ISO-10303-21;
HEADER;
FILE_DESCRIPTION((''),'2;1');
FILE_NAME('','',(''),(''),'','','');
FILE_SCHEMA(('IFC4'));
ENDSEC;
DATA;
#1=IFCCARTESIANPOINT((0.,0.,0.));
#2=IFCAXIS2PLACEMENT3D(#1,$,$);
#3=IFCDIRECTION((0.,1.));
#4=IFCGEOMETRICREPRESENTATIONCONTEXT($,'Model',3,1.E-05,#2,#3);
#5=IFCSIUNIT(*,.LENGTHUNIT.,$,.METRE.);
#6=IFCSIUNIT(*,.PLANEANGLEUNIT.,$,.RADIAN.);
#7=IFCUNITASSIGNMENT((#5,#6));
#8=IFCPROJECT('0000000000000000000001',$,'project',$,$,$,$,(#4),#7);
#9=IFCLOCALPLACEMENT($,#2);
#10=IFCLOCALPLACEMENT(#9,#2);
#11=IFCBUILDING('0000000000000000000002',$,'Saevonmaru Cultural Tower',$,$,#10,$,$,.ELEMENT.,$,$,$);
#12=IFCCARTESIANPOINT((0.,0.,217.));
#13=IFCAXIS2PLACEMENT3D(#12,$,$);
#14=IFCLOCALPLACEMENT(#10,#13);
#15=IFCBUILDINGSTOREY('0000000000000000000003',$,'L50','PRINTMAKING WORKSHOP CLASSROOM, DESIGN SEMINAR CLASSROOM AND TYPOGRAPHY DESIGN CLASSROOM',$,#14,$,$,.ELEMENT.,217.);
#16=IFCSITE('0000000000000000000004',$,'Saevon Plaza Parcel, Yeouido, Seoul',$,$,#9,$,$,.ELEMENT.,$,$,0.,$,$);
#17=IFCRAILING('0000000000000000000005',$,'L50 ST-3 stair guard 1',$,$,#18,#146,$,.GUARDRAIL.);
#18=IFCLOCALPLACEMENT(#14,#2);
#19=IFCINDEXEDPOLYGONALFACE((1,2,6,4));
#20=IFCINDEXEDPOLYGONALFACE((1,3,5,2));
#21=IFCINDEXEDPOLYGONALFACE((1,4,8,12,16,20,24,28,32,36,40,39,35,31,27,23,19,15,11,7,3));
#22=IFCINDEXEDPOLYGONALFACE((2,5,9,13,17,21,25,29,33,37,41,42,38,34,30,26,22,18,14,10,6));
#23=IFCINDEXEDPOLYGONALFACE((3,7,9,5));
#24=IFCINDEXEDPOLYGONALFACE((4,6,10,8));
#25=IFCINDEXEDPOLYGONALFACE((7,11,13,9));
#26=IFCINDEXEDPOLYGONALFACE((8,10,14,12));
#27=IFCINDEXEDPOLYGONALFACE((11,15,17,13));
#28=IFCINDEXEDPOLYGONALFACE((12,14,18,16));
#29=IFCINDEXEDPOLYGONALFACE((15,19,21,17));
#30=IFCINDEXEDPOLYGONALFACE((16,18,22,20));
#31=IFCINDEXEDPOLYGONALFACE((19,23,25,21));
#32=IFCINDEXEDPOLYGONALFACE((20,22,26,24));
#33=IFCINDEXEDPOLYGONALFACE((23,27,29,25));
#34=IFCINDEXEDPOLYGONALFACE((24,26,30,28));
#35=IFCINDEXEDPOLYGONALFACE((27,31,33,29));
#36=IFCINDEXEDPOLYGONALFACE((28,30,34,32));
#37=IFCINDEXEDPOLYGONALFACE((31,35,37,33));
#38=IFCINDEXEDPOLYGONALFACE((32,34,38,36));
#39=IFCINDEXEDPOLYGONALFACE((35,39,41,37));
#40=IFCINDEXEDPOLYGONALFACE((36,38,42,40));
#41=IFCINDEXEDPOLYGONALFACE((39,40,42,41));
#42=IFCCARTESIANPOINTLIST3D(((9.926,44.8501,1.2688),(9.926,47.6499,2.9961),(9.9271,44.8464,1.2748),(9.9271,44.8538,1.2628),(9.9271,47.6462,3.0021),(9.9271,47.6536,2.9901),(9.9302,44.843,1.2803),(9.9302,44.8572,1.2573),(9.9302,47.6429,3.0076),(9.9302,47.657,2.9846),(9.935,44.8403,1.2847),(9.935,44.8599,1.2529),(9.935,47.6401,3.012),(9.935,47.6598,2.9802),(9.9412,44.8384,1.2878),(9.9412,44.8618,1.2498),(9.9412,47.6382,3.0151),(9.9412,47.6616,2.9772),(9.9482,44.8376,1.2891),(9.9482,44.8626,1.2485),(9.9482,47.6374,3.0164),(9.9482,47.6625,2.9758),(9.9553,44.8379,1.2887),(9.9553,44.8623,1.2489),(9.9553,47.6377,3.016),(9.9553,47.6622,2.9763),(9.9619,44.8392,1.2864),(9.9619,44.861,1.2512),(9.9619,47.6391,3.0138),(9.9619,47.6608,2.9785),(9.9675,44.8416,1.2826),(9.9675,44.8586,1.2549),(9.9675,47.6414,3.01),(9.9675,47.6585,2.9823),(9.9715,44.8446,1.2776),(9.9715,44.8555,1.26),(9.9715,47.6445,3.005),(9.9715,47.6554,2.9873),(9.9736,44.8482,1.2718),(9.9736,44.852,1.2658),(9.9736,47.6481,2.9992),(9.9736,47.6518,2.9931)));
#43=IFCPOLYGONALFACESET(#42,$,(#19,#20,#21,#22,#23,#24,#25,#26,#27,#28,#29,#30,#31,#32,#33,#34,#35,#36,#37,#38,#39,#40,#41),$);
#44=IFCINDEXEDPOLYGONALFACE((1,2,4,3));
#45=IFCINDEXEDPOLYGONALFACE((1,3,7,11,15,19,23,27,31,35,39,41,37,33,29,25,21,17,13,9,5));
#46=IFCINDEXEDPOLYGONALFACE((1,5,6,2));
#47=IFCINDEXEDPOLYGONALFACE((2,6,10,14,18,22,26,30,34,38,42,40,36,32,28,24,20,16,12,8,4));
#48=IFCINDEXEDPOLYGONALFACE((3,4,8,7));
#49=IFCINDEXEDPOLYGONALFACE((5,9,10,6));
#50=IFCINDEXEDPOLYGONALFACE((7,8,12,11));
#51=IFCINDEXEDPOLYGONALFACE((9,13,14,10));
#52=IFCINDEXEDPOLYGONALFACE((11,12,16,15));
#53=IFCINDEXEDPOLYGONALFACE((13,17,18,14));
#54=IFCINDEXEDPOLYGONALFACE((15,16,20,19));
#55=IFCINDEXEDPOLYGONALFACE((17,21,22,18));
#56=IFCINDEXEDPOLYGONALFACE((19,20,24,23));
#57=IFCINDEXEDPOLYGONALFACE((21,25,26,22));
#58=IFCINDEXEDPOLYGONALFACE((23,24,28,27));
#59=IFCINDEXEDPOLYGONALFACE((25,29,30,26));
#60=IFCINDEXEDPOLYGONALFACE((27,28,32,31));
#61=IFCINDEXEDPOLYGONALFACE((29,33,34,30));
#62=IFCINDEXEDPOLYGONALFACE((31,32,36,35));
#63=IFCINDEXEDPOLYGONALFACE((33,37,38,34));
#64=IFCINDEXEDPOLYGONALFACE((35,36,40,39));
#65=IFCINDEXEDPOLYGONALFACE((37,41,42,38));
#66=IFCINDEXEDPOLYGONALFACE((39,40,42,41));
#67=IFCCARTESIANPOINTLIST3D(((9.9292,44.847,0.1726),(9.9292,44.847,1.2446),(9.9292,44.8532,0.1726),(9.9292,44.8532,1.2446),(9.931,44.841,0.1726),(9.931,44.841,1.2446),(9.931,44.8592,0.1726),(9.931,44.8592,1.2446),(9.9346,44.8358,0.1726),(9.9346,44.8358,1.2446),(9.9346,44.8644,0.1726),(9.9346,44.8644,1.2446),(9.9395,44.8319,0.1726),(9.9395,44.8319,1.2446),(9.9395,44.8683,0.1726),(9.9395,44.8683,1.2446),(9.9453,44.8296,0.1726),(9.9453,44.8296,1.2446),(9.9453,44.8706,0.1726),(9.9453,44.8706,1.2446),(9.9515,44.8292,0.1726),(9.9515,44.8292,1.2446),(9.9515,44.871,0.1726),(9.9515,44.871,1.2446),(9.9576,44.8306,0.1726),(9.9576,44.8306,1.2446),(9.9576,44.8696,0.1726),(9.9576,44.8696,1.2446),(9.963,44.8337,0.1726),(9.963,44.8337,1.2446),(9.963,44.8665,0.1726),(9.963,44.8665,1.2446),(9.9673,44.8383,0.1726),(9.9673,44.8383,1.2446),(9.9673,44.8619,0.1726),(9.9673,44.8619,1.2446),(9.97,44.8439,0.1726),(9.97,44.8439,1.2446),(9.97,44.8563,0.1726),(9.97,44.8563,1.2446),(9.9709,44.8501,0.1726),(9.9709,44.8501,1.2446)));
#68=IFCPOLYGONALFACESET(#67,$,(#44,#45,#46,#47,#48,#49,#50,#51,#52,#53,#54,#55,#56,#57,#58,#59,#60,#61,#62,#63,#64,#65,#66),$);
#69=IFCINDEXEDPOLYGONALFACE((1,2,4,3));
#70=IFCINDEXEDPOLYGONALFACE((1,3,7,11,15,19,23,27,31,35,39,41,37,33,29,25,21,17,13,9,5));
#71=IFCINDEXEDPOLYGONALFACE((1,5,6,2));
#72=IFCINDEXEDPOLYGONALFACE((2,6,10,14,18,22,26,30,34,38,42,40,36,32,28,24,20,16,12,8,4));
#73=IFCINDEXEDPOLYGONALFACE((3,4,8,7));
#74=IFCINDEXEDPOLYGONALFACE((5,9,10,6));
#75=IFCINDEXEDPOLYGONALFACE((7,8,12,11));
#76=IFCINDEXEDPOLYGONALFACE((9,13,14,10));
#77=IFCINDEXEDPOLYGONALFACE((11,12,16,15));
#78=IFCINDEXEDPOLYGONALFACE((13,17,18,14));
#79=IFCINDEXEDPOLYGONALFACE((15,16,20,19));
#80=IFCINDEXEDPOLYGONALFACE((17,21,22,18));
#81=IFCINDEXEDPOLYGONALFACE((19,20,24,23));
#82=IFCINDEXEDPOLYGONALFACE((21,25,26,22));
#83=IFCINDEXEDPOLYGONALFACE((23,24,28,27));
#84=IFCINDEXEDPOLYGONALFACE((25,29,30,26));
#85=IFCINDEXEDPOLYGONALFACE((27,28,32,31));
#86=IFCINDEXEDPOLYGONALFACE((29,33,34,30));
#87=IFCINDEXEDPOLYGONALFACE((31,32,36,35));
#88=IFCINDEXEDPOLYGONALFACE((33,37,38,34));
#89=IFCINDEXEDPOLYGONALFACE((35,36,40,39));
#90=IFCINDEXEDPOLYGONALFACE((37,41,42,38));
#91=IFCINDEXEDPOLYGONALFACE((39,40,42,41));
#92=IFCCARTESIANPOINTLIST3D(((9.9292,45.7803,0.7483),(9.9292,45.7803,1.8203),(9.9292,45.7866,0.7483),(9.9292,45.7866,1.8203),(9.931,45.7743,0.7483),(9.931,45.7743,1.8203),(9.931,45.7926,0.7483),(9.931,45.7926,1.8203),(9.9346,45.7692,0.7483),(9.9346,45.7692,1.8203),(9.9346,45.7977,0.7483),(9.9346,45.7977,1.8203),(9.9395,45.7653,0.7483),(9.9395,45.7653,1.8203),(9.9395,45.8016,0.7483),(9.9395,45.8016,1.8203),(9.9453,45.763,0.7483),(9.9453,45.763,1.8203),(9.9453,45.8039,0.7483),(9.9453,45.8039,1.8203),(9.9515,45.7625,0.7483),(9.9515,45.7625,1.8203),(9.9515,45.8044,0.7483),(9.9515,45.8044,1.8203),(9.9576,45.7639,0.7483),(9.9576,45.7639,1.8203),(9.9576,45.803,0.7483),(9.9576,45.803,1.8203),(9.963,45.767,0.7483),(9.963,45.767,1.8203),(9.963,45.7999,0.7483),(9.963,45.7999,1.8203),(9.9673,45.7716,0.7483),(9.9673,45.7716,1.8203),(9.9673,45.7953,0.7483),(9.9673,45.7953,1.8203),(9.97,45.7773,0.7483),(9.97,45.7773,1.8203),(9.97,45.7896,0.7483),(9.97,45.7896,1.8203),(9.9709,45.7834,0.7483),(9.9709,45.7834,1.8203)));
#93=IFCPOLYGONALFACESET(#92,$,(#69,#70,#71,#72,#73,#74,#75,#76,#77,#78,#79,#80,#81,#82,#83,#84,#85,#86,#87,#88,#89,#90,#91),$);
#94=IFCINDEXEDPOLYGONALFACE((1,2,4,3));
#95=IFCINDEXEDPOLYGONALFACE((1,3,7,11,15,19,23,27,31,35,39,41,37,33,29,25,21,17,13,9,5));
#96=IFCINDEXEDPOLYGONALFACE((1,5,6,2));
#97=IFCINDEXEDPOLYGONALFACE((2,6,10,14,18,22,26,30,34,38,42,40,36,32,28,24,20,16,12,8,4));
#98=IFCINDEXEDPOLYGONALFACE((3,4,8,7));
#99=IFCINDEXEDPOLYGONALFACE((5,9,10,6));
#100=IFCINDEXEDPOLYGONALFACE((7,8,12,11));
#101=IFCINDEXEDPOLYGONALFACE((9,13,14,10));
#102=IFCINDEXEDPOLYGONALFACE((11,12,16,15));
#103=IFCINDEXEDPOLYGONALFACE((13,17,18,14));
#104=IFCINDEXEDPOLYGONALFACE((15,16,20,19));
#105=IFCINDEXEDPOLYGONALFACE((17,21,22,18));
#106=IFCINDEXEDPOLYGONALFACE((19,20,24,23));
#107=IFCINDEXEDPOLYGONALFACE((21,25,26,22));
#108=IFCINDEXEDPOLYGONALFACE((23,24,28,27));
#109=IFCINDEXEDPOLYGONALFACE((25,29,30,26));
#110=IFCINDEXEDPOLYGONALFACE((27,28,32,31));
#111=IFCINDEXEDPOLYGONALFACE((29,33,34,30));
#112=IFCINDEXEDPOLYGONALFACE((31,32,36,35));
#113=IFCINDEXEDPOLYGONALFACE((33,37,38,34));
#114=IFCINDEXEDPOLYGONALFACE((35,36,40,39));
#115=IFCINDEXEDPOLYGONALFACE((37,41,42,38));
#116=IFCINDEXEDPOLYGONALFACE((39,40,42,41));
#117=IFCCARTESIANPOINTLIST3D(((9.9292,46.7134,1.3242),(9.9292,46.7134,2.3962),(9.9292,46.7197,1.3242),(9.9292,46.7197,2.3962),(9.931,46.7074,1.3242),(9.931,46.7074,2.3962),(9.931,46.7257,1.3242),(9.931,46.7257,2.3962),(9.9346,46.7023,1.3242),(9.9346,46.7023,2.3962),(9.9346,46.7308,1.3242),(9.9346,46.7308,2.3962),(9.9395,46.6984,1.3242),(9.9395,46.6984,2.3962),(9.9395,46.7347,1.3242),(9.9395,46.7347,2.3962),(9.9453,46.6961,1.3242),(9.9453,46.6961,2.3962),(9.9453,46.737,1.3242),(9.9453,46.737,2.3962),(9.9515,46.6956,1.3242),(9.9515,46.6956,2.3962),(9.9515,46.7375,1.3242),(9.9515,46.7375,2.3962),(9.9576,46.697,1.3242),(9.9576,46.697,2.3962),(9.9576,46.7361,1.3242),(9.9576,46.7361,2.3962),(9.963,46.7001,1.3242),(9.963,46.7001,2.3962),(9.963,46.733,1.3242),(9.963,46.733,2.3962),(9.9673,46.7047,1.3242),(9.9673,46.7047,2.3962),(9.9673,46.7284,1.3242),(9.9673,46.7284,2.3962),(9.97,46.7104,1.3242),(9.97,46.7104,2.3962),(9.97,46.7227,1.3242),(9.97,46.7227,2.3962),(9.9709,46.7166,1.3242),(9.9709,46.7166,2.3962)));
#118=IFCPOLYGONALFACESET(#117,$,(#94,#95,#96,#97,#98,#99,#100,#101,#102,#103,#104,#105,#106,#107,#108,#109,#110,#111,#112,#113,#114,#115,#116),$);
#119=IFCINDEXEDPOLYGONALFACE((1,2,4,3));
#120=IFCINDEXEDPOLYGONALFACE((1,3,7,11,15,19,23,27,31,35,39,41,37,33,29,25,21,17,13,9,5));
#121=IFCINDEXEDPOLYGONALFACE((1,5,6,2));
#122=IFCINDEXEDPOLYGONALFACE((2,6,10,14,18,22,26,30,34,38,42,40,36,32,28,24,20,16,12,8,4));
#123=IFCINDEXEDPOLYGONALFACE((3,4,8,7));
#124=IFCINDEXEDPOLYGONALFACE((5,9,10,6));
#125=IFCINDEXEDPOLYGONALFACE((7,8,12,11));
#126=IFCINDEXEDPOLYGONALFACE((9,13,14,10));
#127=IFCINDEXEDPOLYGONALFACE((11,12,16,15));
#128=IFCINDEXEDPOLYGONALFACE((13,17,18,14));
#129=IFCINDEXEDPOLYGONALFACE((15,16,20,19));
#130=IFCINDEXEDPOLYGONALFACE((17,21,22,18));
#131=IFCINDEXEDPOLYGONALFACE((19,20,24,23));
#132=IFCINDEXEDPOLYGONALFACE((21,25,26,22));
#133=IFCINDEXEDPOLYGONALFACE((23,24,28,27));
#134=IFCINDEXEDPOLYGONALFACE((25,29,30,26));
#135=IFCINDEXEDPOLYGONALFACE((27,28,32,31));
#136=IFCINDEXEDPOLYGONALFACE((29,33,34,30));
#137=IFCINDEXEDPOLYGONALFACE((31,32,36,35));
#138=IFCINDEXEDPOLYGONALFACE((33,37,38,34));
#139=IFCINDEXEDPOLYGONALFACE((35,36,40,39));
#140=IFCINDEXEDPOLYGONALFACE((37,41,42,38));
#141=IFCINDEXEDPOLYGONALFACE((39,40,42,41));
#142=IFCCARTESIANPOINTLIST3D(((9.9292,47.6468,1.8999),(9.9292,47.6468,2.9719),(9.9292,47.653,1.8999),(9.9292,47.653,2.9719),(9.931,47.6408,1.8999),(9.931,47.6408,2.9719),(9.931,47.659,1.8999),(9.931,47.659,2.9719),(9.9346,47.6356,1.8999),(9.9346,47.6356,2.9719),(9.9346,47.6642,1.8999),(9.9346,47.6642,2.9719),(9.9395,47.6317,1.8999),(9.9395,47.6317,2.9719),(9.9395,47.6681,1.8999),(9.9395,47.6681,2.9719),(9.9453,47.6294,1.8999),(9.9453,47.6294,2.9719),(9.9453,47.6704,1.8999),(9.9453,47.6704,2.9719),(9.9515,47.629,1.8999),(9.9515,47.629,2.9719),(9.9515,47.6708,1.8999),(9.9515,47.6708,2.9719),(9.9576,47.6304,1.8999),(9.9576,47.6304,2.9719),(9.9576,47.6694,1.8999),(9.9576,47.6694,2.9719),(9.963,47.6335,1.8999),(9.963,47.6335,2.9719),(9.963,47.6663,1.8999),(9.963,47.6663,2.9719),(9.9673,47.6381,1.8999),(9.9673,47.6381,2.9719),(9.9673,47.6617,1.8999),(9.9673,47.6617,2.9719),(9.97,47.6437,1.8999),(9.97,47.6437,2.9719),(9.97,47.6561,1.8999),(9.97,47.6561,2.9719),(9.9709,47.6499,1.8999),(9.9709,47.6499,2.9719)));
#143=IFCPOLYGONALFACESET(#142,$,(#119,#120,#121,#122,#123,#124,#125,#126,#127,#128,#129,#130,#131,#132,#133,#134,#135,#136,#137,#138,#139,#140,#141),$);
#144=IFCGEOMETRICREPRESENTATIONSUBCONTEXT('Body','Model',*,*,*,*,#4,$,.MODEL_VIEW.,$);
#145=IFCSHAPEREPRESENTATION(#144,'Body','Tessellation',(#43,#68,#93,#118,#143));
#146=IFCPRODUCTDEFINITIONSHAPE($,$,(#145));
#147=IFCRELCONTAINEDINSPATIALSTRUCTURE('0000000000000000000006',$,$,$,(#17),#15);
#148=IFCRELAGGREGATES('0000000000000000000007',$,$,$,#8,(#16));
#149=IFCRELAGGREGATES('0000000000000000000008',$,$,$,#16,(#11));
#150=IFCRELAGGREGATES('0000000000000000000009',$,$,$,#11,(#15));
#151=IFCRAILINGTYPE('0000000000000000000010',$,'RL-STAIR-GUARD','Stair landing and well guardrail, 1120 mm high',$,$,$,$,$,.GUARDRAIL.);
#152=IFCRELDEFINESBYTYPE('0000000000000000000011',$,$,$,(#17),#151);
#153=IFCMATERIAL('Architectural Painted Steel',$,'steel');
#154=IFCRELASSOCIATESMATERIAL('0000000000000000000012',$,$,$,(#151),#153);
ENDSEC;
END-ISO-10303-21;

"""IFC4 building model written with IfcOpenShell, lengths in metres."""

from ifc_helpers import new_model, si_unit, direction, frame, origin, origin_2d, place, context, subcontext, project, spatial, circle, extrude, material, type_object, element, save


model = new_model("IFC4")

# Units and contexts
model_context = context("Model", 3, precision=1e-05, world=origin(), true_north=direction((0.0, 1.0)))
body_context = subcontext(model_context, "Body", "Model", "MODEL_VIEW")
ifc_project = project(units=[si_unit("LENGTHUNIT", "METRE"), si_unit("PLANEANGLEUNIT", "RADIAN")], contexts=[model_context])

# Site, building, storey
site_placement = place(None, origin())
site = spatial("IfcSite", under=ifc_project, at=site_placement, Name="Saevon Plaza Parcel, Yeouido, Seoul", CompositionType="ELEMENT", RefElevation=0.0)
building_placement = place(site_placement, origin())
building = spatial("IfcBuilding", under=site, at=building_placement, Name="Saevonmaru Cultural Tower", CompositionType="ELEMENT")
storey_placement = place(building_placement, frame((0.0, 0.0, 217.0)))
storey = spatial("IfcBuildingStorey", under=building, at=storey_placement, Name="L50", Description="PRINTMAKING WORKSHOP CLASSROOM, DESIGN SEMINAR CLASSROOM AND TYPOGRAPHY DESIGN CLASSROOM", CompositionType="ELEMENT", Elevation=217.0)

# Railing
ifc_material_1 = material(Name="Architectural Painted Steel", Category="steel")
railing_type_1 = type_object("IfcRailingType", Name="RL-STAIR-GUARD", Description="Stair landing and well guardrail, 1120 mm high", PredefinedType="GUARDRAIL", material=ifc_material_1)
railing_1_placement = place(storey_placement, frame((9.95, 44.8501, 0.1726)))
element("IfcRailing", 1, at=railing_1_placement, inside=storey, type_object=railing_type_1, Name="L50 ST-3 stair guard 1", PredefinedType="GUARDRAIL", context=body_context, shape_type="SweptSolid", body=[
    extrude(circle(Radius=0.0239, at=origin_2d()), frame((0.0, 0.0, 1.0962), z_axis=(0.0, 0.851069, 0.525054), x_axis=(-1.0, 0.0, 0.0)), (0.0, 0.0, 1.0), 3.2898),
    extrude(circle(Radius=0.021, at=origin_2d()), origin(), (0.0, 0.0, 1.0), 1.072),
    extrude(circle(Radius=0.021, at=origin_2d()), frame((0.0, 0.9333, 0.5757)), (0.0, 0.0, 1.0), 1.072),
    extrude(circle(Radius=0.021, at=origin_2d()), frame((0.0, 1.8665, 1.1516)), (0.0, 0.0, 1.0), 1.072),
    extrude(circle(Radius=0.021, at=origin_2d()), frame((0.0, 2.7998, 1.7273)), (0.0, 0.0, 1.0), 1.072),
])

save(model, "model.ifc")
